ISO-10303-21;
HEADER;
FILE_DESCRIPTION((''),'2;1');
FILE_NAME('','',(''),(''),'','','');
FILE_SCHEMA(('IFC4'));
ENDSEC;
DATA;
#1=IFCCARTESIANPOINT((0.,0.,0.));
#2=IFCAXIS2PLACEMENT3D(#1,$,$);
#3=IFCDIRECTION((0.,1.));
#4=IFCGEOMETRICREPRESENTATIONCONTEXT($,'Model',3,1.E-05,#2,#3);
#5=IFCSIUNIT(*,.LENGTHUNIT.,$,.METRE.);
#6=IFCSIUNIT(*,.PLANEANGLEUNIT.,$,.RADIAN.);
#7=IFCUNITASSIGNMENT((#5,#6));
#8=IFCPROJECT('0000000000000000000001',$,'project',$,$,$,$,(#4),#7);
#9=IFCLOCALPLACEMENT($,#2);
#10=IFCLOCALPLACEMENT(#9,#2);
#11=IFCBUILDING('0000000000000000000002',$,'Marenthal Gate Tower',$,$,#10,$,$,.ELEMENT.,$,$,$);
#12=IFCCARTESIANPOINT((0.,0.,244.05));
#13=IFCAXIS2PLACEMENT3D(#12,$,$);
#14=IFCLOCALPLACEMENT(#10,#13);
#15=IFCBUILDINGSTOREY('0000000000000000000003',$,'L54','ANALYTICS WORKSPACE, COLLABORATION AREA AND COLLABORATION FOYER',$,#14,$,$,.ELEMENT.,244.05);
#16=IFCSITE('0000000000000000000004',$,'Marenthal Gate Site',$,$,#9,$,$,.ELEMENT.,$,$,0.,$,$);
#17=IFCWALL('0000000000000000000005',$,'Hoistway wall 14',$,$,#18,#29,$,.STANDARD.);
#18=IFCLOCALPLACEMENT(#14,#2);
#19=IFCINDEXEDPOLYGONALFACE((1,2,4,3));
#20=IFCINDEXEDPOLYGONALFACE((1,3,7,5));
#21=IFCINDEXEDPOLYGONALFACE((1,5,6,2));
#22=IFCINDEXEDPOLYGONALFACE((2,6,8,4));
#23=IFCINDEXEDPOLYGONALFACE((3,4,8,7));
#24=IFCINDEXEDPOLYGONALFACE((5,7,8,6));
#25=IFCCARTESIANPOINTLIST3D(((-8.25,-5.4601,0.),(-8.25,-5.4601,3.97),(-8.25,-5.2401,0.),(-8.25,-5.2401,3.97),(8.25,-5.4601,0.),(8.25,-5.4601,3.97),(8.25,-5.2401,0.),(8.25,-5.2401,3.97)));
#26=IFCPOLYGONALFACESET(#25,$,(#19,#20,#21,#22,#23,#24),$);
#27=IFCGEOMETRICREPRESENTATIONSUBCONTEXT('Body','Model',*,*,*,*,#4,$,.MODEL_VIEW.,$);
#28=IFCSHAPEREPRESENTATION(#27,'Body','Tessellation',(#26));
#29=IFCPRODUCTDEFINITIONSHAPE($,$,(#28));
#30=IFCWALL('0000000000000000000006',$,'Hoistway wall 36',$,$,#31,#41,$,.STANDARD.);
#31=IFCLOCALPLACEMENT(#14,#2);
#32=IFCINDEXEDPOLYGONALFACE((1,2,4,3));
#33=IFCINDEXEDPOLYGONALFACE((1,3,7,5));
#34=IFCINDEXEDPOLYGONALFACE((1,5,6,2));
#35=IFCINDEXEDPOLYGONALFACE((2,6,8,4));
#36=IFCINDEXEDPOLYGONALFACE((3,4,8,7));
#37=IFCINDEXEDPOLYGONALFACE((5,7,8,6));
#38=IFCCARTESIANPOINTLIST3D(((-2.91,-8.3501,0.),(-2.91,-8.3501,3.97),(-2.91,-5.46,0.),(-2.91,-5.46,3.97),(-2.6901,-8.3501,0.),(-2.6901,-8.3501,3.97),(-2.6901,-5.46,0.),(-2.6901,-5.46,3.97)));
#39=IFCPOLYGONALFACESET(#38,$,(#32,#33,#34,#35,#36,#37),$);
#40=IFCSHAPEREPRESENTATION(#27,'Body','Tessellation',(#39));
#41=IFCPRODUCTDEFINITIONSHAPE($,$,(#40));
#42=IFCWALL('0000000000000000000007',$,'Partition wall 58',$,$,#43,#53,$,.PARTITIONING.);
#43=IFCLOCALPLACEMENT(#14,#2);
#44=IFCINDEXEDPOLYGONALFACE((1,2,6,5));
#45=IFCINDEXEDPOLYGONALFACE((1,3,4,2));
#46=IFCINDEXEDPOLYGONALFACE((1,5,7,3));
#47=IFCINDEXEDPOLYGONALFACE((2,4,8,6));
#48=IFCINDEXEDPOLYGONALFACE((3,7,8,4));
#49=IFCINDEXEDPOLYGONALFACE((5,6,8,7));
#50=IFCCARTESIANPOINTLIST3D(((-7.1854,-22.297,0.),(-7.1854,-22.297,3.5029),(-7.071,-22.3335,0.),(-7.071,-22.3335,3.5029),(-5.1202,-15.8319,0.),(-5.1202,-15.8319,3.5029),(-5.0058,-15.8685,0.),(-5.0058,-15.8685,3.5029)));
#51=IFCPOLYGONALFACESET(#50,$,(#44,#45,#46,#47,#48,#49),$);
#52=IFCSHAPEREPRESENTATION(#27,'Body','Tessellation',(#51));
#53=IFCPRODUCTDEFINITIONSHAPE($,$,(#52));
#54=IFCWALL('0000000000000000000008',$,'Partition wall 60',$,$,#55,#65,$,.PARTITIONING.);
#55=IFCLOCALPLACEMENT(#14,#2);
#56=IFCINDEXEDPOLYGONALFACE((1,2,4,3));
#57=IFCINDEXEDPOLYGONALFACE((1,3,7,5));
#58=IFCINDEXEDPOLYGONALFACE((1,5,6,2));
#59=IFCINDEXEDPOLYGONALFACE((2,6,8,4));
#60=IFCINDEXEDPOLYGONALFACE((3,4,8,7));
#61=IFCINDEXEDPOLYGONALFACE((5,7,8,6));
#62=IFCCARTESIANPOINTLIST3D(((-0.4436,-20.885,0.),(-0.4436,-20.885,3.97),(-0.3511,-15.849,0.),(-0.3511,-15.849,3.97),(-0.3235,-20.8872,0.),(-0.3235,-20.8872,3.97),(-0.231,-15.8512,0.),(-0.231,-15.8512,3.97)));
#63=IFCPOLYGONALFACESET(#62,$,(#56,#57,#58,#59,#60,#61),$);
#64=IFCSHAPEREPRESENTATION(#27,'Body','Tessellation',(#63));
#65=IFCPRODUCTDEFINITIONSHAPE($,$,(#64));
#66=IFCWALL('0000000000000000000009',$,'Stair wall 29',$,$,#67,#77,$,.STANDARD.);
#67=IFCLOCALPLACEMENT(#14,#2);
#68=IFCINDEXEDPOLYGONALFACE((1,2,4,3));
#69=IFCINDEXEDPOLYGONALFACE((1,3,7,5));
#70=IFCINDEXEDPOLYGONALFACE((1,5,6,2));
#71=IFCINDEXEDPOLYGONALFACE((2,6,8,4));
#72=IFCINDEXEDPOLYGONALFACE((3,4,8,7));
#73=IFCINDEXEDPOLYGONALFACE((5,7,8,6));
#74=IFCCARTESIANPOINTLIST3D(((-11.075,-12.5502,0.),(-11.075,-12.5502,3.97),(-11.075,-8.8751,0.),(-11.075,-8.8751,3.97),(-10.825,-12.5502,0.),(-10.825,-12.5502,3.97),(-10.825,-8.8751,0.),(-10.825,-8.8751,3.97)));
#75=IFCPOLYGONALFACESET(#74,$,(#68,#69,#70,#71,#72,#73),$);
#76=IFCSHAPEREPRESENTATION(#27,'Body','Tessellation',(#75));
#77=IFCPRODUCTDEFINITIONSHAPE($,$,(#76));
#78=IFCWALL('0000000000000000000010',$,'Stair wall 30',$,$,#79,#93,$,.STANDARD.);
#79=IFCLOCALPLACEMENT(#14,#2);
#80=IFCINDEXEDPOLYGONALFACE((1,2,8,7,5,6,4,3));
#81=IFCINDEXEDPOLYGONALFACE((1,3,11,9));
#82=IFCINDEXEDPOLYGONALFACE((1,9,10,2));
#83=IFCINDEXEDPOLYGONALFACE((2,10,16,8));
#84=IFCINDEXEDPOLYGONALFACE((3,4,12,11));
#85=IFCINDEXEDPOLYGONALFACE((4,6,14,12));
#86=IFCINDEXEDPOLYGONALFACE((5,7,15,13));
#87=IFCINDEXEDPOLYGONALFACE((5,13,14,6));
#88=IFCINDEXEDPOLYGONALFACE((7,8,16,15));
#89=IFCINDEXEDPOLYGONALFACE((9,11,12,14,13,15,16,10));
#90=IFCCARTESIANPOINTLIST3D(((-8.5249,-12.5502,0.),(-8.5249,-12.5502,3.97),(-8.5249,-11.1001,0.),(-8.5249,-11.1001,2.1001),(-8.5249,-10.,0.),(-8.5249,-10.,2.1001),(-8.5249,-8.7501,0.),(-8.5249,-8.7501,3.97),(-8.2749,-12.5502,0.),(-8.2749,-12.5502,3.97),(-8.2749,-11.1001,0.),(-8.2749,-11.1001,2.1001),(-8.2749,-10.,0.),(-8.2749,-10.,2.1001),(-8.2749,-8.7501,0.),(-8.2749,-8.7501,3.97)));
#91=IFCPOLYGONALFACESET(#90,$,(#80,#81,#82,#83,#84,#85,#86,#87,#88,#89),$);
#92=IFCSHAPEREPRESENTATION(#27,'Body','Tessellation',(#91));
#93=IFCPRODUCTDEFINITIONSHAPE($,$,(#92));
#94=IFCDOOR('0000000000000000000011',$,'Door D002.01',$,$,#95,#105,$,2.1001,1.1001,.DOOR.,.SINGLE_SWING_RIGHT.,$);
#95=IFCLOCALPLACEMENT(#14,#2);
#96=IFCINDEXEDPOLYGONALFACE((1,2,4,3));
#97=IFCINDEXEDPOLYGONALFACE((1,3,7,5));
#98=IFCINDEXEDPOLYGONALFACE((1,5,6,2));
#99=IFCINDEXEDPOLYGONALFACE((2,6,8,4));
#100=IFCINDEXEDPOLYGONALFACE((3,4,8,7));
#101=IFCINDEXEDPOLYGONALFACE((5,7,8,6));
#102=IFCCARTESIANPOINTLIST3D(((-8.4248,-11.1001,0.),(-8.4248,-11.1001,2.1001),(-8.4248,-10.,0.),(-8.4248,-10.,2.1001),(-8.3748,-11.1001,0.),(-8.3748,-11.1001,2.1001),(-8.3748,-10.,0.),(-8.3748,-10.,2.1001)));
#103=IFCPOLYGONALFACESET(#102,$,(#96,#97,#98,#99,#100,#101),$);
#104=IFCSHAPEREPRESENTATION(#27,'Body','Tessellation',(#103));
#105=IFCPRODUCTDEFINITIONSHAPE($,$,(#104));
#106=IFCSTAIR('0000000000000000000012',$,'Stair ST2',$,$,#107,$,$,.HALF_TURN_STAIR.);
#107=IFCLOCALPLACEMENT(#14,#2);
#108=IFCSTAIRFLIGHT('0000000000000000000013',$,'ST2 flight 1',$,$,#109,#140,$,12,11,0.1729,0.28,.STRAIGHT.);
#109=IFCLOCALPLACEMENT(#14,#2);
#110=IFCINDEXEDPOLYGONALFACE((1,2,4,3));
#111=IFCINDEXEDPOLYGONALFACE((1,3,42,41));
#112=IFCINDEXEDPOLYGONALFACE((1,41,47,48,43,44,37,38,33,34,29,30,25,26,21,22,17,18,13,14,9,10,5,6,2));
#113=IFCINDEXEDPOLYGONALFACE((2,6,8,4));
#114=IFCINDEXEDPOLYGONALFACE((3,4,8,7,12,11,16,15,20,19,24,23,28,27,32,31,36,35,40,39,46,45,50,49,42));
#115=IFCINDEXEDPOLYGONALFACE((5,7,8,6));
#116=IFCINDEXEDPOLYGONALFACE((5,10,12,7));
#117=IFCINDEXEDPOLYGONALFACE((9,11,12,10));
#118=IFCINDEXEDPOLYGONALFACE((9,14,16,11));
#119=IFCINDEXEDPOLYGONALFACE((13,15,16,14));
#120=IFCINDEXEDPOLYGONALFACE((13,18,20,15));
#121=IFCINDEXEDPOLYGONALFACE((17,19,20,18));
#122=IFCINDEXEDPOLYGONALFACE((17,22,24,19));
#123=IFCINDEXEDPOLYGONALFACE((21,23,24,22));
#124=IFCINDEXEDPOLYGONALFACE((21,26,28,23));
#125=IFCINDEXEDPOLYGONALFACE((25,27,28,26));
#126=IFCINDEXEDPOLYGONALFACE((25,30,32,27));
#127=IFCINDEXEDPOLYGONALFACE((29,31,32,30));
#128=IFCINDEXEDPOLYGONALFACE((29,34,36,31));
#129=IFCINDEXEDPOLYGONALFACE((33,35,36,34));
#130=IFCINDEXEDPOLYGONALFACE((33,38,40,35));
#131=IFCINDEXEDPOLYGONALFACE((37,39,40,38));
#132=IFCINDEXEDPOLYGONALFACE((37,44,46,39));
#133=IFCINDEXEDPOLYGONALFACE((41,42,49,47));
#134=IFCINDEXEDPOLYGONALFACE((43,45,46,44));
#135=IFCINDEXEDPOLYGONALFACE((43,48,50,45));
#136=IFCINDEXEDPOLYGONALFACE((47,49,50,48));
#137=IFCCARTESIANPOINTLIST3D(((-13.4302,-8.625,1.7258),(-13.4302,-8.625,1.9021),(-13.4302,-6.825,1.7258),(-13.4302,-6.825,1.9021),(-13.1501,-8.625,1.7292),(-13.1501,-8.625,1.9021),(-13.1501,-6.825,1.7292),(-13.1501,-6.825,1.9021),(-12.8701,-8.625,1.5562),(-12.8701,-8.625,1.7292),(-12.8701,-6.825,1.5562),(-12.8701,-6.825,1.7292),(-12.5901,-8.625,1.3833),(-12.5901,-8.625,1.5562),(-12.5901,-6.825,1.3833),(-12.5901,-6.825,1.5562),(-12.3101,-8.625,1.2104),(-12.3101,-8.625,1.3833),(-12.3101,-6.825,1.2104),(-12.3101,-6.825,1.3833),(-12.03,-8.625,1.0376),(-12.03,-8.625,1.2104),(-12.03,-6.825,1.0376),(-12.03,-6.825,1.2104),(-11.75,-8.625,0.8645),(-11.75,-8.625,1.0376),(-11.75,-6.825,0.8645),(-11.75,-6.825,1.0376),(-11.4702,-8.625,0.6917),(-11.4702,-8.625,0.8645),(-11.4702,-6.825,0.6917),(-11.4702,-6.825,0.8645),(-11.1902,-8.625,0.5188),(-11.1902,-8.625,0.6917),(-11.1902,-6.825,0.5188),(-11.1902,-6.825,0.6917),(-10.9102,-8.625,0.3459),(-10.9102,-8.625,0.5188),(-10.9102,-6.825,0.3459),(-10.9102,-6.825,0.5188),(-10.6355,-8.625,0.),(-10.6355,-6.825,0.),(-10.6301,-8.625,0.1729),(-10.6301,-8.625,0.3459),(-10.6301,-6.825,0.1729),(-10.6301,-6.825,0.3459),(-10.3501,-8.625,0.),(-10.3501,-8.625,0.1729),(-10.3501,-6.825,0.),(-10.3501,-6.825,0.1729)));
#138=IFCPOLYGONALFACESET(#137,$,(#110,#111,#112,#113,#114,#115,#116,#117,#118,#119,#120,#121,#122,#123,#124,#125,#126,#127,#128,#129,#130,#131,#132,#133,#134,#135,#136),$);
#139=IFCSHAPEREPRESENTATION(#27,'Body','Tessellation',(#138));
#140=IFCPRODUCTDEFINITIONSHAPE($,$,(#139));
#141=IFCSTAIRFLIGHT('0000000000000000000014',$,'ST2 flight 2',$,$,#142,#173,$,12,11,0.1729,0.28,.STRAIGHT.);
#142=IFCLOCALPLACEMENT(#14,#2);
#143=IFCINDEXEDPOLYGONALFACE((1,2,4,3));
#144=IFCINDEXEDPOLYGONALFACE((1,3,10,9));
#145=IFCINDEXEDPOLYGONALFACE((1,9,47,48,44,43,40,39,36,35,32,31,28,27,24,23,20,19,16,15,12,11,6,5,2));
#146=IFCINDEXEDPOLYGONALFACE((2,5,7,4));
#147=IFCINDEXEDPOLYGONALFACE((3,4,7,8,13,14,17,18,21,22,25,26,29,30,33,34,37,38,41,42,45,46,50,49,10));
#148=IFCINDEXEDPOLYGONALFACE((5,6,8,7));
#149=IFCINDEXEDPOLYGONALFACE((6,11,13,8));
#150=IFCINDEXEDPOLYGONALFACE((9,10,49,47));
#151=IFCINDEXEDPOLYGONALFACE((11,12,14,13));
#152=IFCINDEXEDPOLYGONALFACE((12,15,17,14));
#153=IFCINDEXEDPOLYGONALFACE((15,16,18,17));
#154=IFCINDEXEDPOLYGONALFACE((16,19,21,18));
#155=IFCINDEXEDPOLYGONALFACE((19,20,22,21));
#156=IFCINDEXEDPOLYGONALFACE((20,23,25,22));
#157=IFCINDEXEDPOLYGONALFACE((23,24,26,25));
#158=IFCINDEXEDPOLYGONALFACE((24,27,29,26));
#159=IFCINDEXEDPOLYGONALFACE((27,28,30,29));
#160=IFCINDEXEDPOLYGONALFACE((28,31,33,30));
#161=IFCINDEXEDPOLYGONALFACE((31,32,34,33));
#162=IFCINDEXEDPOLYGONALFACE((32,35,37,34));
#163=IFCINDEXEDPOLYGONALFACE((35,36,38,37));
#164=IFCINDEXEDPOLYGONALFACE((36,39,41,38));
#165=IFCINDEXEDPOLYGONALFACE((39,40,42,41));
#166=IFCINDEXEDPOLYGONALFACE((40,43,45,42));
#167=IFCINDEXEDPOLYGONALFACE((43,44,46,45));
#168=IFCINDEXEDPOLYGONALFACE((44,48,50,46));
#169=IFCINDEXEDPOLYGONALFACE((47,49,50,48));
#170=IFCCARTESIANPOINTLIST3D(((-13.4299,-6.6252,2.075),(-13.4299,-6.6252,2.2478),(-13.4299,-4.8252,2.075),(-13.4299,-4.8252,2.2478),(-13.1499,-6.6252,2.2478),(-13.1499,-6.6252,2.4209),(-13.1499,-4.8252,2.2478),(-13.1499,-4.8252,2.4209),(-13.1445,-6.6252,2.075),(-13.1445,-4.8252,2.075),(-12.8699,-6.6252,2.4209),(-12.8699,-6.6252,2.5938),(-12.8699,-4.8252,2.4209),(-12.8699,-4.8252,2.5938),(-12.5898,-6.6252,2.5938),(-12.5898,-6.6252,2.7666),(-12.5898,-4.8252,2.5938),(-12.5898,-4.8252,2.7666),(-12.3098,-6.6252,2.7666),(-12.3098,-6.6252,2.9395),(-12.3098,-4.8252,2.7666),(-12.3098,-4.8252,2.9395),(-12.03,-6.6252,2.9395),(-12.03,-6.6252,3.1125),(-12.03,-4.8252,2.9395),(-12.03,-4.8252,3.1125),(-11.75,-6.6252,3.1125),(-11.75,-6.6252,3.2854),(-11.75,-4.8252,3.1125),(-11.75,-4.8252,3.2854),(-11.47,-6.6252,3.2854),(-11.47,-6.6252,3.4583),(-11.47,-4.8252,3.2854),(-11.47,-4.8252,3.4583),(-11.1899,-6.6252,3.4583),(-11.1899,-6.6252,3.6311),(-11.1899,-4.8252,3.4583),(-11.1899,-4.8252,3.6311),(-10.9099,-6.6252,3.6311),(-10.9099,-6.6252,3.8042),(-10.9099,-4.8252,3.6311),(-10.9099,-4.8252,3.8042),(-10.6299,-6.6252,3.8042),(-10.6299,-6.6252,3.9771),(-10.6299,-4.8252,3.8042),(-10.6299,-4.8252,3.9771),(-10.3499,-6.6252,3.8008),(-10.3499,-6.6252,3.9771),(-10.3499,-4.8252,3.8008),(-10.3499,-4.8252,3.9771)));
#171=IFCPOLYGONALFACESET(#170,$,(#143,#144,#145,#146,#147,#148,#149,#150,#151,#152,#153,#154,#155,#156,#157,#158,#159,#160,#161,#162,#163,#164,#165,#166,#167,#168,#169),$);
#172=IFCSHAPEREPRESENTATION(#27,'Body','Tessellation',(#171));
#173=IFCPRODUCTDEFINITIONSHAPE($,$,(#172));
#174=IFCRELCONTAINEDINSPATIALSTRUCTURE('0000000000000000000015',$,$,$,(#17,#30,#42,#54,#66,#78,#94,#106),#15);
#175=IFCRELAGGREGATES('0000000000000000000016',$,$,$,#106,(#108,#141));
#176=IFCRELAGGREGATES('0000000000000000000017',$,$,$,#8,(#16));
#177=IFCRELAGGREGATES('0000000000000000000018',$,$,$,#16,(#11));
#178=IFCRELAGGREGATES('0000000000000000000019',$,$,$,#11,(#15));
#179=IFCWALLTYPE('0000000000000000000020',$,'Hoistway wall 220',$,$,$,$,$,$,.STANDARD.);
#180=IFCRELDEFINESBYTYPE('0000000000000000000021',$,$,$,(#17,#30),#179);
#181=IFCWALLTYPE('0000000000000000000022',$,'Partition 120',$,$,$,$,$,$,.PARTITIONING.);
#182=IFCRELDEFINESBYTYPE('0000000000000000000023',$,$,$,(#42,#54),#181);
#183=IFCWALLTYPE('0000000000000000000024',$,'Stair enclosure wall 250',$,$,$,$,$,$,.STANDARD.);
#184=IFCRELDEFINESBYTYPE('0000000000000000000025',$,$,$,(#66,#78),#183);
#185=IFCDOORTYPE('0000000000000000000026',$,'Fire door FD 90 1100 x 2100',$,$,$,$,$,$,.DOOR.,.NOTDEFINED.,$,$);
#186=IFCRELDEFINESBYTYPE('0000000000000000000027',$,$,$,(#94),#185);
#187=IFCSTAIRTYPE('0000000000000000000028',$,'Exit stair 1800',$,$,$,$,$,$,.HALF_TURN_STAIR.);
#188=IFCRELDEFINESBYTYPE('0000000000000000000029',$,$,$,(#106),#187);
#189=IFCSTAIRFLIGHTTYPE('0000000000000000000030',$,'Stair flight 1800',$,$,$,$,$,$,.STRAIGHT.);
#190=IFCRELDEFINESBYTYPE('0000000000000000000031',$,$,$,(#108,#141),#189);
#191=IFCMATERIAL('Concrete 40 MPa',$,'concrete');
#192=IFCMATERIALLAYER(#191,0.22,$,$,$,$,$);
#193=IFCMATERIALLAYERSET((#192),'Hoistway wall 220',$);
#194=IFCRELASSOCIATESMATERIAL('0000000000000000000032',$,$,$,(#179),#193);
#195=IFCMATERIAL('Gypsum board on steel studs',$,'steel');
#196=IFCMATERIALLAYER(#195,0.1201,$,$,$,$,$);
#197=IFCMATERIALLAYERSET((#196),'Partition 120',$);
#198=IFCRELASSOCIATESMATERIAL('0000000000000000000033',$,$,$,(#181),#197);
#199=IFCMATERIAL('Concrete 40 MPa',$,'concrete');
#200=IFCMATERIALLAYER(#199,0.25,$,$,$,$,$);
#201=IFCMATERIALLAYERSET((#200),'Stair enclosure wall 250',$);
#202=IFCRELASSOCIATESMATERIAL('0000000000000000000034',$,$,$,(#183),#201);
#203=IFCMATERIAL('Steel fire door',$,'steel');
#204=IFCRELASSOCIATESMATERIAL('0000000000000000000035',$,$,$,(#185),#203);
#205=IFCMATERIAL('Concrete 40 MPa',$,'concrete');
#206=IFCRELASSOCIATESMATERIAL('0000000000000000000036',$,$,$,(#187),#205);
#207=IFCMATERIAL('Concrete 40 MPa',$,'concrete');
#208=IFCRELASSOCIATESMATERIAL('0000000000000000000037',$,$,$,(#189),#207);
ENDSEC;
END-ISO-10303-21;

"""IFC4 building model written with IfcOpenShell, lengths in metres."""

from ifc_helpers import new_model, si_unit, direction, frame, frame_2d, origin, place, context, subcontext, project, spatial, polyline, rectangle, outline, extrude, material, layer, layer_set, type_object, element, fill, aggregate, save


model = new_model("IFC4")

# Units and contexts
model_context = context("Model", 3, precision=1e-05, world=origin(), true_north=direction((0.0, 1.0)))
body_context = subcontext(model_context, "Body", "Model", "MODEL_VIEW")
ifc_project = project(units=[si_unit("LENGTHUNIT", "METRE"), si_unit("PLANEANGLEUNIT", "RADIAN")], contexts=[model_context])

# Site, building, storey
site_placement = place(None, origin())
site = spatial("IfcSite", under=ifc_project, at=site_placement, Name="Marenthal Gate Site", CompositionType="ELEMENT", RefElevation=0.0)
building_placement = place(site_placement, origin())
building = spatial("IfcBuilding", under=site, at=building_placement, Name="Marenthal Gate Tower", CompositionType="ELEMENT")
storey_placement = place(building_placement, frame((0.0, 0.0, 244.05)))
storey = spatial("IfcBuildingStorey", under=building, at=storey_placement, Name="L54", Description="ANALYTICS WORKSPACE, COLLABORATION AREA AND COLLABORATION FOYER", CompositionType="ELEMENT", Elevation=244.05)

# Shared definitions
ifc_material_1 = material(Name="Concrete 40 MPa", Category="concrete")
ifc_layer_1 = layer(ifc_material_1, 0.22)
ifc_layer_set_1 = layer_set([ifc_layer_1], Name="Hoistway wall 220")
wall_type_1 = type_object("IfcWallType", Name="Hoistway wall 220", PredefinedType="STANDARD", material=ifc_layer_set_1)

# Walls
wall_1_placement = place(storey_placement, frame((-8.25, -5.3501, 0.0), z_axis=(0.0, 0.0, 1.0), x_axis=(1.0, 0.0, 0.0)))
element("IfcWall", 1, at=wall_1_placement, inside=storey, type_object=wall_type_1, Name="Hoistway wall 14", PredefinedType="STANDARD", context=body_context, shape_type="SweptSolid", body=[
    extrude(rectangle(XDim=16.5, YDim=0.22, at=frame_2d((8.25, 0.0))), origin(), (0.0, 0.0, 1.0), 3.97),
])
wall_2_placement = place(storey_placement, frame((-2.8, -8.3501, 0.0), z_axis=(0.0, 0.0, 1.0), x_axis=(0.0, 1.0, 0.0)))
element("IfcWall", 2, at=wall_2_placement, inside=storey, type_object=wall_type_1, Name="Hoistway wall 36", PredefinedType="STANDARD", context=body_context, shape_type="SweptSolid", body=[
    extrude(rectangle(XDim=2.8901, YDim=0.22, at=frame_2d((1.4451, 0.0))), origin(), (0.0, 0.0, 1.0), 3.97),
])
ifc_material_2 = material(Name="Gypsum board on steel studs", Category="steel")
ifc_layer_2 = layer(ifc_material_2, 0.1201)
ifc_layer_set_2 = layer_set([ifc_layer_2], Name="Partition 120")
wall_type_2 = type_object("IfcWallType", Name="Partition 120", PredefinedType="PARTITIONING", material=ifc_layer_set_2)
wall_3_placement = place(storey_placement, frame((-5.063, -15.8501, 0.0), z_axis=(0.0, 0.0, 1.0), x_axis=(-0.304289, -0.95258, 0.0)))
element("IfcWall", 3, at=wall_3_placement, inside=storey, type_object=wall_type_2, Name="Partition wall 58", PredefinedType="PARTITIONING", context=body_context, shape_type="SweptSolid", body=[
    extrude(rectangle(XDim=6.7869, YDim=0.1201, at=frame_2d((3.3936, 0.0))), origin(), (0.0, 0.0, 1.0), 3.5029),
])
wall_4_placement = place(storey_placement, frame((-0.3835, -20.8862, 0.0), z_axis=(0.0, 0.0, 1.0), x_axis=(0.01837, 0.999831, 0.0)))
element("IfcWall", 4, at=wall_4_placement, inside=storey, type_object=wall_type_2, Name="Partition wall 60", PredefinedType="PARTITIONING", context=body_context, shape_type="SweptSolid", body=[
    extrude(rectangle(XDim=5.0369, YDim=0.1201, at=frame_2d((2.5186, 0.0))), origin(), (0.0, 0.0, 1.0), 3.97),
])
ifc_material_3 = material(Name="Concrete 40 MPa", Category="concrete")
ifc_layer_3 = layer(ifc_material_3, 0.25)
ifc_layer_set_3 = layer_set([ifc_layer_3], Name="Stair enclosure wall 250")
wall_type_3 = type_object("IfcWallType", Name="Stair enclosure wall 250", PredefinedType="STANDARD", material=ifc_layer_set_3)
wall_5_placement = place(storey_placement, frame((-10.95, -12.55, 0.0), z_axis=(0.0, 0.0, 1.0), x_axis=(0.0, 1.0, 0.0)))
element("IfcWall", 5, at=wall_5_placement, inside=storey, type_object=wall_type_3, Name="Stair wall 29", PredefinedType="STANDARD", context=body_context, shape_type="SweptSolid", body=[
    extrude(rectangle(XDim=3.675, YDim=0.25, at=frame_2d((1.8374, 0.0))), origin(), (0.0, 0.0, 1.0), 3.97),
])

# Wall, opening, door
wall_6_placement = place(storey_placement, frame((-8.3999, -12.55, 0.0), z_axis=(0.0, 0.0, 1.0), x_axis=(0.0, 1.0, 0.0)))
wall_6 = element("IfcWall", 6, at=wall_6_placement, inside=storey, type_object=wall_type_3, Name="Stair wall 30", PredefinedType="STANDARD", context=body_context, shape_type="SweptSolid", body=[
    extrude(rectangle(XDim=3.8, YDim=0.25, at=frame_2d((1.8999, 0.0))), origin(), (0.0, 0.0, 1.0), 3.97),
])
opening_1_placement = place(wall_6_placement, frame((1.45, 0.0, 0.0)))
opening_1 = element("IfcOpeningElement", 7, at=opening_1_placement, cuts=wall_6, PredefinedType="OPENING", context=body_context, shape_type="SweptSolid", body=[
    extrude(rectangle(XDim=1.1001, YDim=2.1001, at=frame_2d((0.55, 1.05))), frame((0.0, 0.135, 0.0), z_axis=(0.0, -1.0, 0.0), x_axis=(1.0, 0.0, 0.0)), (0.0, 0.0, 1.0), 0.27),
])
ifc_material_4 = material(Name="Steel fire door", Category="steel")
door_type_1 = type_object("IfcDoorType", Name="Fire door FD 90 1100 x 2100", OperationType="NOTDEFINED", PredefinedType="DOOR", material=ifc_material_4)
door_1_placement = place(opening_1_placement, origin())
door_1 = element("IfcDoor", 8, at=door_1_placement, inside=storey, type_object=door_type_1, Name="Door D002.01", OperationType="SINGLE_SWING_RIGHT", OverallHeight=2.1001, OverallWidth=1.1001, PredefinedType="DOOR", context=body_context, shape_type="SweptSolid", body=[
    extrude(rectangle(XDim=1.1001, YDim=2.1001, at=frame_2d((0.55, 1.05))), frame((0.0, 0.0249, 0.0), z_axis=(0.0, -1.0, 0.0), x_axis=(1.0, 0.0, 0.0)), (0.0, 0.0, 1.0), 0.05),
])
fill(opening_1, door_1)

# Stair, stair flights
ifc_material_5 = material(Name="Concrete 40 MPa", Category="concrete")
stair_type = type_object("IfcStairType", Name="Exit stair 1800", PredefinedType="HALF_TURN_STAIR", material=ifc_material_5)
stair_placement = place(storey_placement, origin())
stair = element("IfcStair", 9, at=stair_placement, inside=storey, type_object=stair_type, Name="Stair ST2", PredefinedType="HALF_TURN_STAIR")
ifc_material_6 = material(Name="Concrete 40 MPa", Category="concrete")
stair_flight_type = type_object("IfcStairFlightType", Name="Stair flight 1800", PredefinedType="STRAIGHT", material=ifc_material_6)
stair_flight_1_placement = place(storey_placement, frame((-10.3501, -7.7251, 0.0), z_axis=(0.0, 0.0, 1.0), x_axis=(-1.0, 0.0, 0.0)))
stair_flight_1 = element("IfcStairFlight", 10, at=stair_flight_1_placement, type_object=stair_flight_type, Name="ST2 flight 1", NumberOfRisers=12, NumberOfTreads=11, PredefinedType="STRAIGHT", RiserHeight=0.1729, TreadLength=0.28, context=body_context, shape_type="SweptSolid", body=[
    extrude(outline(polyline([(0.0, 0.0), (0.0, 0.1729), (0.28, 0.1729), (0.28, 0.3459), (0.5601, 0.3459), (0.5601, 0.5188), (0.8401, 0.5188), (0.8401, 0.6917), (1.1201, 0.6917), (1.1201, 0.8645), (1.3999, 0.8645), (1.3999, 1.0376), (1.6799, 1.0376), (1.6799, 1.2104), (1.96, 1.2104), (1.96, 1.3833), (2.24, 1.3833), (2.24, 1.5562), (2.52, 1.5562), (2.52, 1.7292), (2.8, 1.7292), (2.8, 1.9021), (3.0801, 1.9021), (3.0801, 2.075), (3.0801, 1.7258), (0.2854, 0.0), (0.0, 0.0)])), frame((0.0, 0.8999, 0.0), z_axis=(0.0, -1.0, 0.0), x_axis=(1.0, 0.0, 0.0)), (0.0, 0.0, 1.0), 1.8),
])
stair_flight_2_placement = place(storey_placement, frame((-13.4299, -5.7251, 2.075), z_axis=(0.0, 0.0, 1.0), x_axis=(1.0, 0.0, 0.0)))
stair_flight_2 = element("IfcStairFlight", 11, at=stair_flight_2_placement, type_object=stair_flight_type, Name="ST2 flight 2", NumberOfRisers=12, NumberOfTreads=11, PredefinedType="STRAIGHT", RiserHeight=0.1729, TreadLength=0.28, context=body_context, shape_type="SweptSolid", body=[
    extrude(outline(polyline([(0.0, 0.0), (0.0, 0.1729), (0.28, 0.1729), (0.28, 0.3459), (0.5601, 0.3459), (0.5601, 0.5188), (0.8401, 0.5188), (0.8401, 0.6917), (1.1201, 0.6917), (1.1201, 0.8645), (1.3999, 0.8645), (1.3999, 1.0376), (1.6799, 1.0376), (1.6799, 1.2104), (1.96, 1.2104), (1.96, 1.3833), (2.24, 1.3833), (2.24, 1.5562), (2.52, 1.5562), (2.52, 1.7292), (2.8, 1.7292), (2.8, 1.9021), (3.0801, 1.9021), (3.0801, 2.075), (3.0801, 1.7258), (0.2854, 0.0), (0.0, 0.0)])), frame((0.0, 0.8999, 0.0), z_axis=(0.0, -1.0, 0.0), x_axis=(1.0, 0.0, 0.0)), (0.0, 0.0, 1.0), 1.8),
])
aggregate(stair, [stair_flight_1, stair_flight_2])

save(model, "model.ifc")
